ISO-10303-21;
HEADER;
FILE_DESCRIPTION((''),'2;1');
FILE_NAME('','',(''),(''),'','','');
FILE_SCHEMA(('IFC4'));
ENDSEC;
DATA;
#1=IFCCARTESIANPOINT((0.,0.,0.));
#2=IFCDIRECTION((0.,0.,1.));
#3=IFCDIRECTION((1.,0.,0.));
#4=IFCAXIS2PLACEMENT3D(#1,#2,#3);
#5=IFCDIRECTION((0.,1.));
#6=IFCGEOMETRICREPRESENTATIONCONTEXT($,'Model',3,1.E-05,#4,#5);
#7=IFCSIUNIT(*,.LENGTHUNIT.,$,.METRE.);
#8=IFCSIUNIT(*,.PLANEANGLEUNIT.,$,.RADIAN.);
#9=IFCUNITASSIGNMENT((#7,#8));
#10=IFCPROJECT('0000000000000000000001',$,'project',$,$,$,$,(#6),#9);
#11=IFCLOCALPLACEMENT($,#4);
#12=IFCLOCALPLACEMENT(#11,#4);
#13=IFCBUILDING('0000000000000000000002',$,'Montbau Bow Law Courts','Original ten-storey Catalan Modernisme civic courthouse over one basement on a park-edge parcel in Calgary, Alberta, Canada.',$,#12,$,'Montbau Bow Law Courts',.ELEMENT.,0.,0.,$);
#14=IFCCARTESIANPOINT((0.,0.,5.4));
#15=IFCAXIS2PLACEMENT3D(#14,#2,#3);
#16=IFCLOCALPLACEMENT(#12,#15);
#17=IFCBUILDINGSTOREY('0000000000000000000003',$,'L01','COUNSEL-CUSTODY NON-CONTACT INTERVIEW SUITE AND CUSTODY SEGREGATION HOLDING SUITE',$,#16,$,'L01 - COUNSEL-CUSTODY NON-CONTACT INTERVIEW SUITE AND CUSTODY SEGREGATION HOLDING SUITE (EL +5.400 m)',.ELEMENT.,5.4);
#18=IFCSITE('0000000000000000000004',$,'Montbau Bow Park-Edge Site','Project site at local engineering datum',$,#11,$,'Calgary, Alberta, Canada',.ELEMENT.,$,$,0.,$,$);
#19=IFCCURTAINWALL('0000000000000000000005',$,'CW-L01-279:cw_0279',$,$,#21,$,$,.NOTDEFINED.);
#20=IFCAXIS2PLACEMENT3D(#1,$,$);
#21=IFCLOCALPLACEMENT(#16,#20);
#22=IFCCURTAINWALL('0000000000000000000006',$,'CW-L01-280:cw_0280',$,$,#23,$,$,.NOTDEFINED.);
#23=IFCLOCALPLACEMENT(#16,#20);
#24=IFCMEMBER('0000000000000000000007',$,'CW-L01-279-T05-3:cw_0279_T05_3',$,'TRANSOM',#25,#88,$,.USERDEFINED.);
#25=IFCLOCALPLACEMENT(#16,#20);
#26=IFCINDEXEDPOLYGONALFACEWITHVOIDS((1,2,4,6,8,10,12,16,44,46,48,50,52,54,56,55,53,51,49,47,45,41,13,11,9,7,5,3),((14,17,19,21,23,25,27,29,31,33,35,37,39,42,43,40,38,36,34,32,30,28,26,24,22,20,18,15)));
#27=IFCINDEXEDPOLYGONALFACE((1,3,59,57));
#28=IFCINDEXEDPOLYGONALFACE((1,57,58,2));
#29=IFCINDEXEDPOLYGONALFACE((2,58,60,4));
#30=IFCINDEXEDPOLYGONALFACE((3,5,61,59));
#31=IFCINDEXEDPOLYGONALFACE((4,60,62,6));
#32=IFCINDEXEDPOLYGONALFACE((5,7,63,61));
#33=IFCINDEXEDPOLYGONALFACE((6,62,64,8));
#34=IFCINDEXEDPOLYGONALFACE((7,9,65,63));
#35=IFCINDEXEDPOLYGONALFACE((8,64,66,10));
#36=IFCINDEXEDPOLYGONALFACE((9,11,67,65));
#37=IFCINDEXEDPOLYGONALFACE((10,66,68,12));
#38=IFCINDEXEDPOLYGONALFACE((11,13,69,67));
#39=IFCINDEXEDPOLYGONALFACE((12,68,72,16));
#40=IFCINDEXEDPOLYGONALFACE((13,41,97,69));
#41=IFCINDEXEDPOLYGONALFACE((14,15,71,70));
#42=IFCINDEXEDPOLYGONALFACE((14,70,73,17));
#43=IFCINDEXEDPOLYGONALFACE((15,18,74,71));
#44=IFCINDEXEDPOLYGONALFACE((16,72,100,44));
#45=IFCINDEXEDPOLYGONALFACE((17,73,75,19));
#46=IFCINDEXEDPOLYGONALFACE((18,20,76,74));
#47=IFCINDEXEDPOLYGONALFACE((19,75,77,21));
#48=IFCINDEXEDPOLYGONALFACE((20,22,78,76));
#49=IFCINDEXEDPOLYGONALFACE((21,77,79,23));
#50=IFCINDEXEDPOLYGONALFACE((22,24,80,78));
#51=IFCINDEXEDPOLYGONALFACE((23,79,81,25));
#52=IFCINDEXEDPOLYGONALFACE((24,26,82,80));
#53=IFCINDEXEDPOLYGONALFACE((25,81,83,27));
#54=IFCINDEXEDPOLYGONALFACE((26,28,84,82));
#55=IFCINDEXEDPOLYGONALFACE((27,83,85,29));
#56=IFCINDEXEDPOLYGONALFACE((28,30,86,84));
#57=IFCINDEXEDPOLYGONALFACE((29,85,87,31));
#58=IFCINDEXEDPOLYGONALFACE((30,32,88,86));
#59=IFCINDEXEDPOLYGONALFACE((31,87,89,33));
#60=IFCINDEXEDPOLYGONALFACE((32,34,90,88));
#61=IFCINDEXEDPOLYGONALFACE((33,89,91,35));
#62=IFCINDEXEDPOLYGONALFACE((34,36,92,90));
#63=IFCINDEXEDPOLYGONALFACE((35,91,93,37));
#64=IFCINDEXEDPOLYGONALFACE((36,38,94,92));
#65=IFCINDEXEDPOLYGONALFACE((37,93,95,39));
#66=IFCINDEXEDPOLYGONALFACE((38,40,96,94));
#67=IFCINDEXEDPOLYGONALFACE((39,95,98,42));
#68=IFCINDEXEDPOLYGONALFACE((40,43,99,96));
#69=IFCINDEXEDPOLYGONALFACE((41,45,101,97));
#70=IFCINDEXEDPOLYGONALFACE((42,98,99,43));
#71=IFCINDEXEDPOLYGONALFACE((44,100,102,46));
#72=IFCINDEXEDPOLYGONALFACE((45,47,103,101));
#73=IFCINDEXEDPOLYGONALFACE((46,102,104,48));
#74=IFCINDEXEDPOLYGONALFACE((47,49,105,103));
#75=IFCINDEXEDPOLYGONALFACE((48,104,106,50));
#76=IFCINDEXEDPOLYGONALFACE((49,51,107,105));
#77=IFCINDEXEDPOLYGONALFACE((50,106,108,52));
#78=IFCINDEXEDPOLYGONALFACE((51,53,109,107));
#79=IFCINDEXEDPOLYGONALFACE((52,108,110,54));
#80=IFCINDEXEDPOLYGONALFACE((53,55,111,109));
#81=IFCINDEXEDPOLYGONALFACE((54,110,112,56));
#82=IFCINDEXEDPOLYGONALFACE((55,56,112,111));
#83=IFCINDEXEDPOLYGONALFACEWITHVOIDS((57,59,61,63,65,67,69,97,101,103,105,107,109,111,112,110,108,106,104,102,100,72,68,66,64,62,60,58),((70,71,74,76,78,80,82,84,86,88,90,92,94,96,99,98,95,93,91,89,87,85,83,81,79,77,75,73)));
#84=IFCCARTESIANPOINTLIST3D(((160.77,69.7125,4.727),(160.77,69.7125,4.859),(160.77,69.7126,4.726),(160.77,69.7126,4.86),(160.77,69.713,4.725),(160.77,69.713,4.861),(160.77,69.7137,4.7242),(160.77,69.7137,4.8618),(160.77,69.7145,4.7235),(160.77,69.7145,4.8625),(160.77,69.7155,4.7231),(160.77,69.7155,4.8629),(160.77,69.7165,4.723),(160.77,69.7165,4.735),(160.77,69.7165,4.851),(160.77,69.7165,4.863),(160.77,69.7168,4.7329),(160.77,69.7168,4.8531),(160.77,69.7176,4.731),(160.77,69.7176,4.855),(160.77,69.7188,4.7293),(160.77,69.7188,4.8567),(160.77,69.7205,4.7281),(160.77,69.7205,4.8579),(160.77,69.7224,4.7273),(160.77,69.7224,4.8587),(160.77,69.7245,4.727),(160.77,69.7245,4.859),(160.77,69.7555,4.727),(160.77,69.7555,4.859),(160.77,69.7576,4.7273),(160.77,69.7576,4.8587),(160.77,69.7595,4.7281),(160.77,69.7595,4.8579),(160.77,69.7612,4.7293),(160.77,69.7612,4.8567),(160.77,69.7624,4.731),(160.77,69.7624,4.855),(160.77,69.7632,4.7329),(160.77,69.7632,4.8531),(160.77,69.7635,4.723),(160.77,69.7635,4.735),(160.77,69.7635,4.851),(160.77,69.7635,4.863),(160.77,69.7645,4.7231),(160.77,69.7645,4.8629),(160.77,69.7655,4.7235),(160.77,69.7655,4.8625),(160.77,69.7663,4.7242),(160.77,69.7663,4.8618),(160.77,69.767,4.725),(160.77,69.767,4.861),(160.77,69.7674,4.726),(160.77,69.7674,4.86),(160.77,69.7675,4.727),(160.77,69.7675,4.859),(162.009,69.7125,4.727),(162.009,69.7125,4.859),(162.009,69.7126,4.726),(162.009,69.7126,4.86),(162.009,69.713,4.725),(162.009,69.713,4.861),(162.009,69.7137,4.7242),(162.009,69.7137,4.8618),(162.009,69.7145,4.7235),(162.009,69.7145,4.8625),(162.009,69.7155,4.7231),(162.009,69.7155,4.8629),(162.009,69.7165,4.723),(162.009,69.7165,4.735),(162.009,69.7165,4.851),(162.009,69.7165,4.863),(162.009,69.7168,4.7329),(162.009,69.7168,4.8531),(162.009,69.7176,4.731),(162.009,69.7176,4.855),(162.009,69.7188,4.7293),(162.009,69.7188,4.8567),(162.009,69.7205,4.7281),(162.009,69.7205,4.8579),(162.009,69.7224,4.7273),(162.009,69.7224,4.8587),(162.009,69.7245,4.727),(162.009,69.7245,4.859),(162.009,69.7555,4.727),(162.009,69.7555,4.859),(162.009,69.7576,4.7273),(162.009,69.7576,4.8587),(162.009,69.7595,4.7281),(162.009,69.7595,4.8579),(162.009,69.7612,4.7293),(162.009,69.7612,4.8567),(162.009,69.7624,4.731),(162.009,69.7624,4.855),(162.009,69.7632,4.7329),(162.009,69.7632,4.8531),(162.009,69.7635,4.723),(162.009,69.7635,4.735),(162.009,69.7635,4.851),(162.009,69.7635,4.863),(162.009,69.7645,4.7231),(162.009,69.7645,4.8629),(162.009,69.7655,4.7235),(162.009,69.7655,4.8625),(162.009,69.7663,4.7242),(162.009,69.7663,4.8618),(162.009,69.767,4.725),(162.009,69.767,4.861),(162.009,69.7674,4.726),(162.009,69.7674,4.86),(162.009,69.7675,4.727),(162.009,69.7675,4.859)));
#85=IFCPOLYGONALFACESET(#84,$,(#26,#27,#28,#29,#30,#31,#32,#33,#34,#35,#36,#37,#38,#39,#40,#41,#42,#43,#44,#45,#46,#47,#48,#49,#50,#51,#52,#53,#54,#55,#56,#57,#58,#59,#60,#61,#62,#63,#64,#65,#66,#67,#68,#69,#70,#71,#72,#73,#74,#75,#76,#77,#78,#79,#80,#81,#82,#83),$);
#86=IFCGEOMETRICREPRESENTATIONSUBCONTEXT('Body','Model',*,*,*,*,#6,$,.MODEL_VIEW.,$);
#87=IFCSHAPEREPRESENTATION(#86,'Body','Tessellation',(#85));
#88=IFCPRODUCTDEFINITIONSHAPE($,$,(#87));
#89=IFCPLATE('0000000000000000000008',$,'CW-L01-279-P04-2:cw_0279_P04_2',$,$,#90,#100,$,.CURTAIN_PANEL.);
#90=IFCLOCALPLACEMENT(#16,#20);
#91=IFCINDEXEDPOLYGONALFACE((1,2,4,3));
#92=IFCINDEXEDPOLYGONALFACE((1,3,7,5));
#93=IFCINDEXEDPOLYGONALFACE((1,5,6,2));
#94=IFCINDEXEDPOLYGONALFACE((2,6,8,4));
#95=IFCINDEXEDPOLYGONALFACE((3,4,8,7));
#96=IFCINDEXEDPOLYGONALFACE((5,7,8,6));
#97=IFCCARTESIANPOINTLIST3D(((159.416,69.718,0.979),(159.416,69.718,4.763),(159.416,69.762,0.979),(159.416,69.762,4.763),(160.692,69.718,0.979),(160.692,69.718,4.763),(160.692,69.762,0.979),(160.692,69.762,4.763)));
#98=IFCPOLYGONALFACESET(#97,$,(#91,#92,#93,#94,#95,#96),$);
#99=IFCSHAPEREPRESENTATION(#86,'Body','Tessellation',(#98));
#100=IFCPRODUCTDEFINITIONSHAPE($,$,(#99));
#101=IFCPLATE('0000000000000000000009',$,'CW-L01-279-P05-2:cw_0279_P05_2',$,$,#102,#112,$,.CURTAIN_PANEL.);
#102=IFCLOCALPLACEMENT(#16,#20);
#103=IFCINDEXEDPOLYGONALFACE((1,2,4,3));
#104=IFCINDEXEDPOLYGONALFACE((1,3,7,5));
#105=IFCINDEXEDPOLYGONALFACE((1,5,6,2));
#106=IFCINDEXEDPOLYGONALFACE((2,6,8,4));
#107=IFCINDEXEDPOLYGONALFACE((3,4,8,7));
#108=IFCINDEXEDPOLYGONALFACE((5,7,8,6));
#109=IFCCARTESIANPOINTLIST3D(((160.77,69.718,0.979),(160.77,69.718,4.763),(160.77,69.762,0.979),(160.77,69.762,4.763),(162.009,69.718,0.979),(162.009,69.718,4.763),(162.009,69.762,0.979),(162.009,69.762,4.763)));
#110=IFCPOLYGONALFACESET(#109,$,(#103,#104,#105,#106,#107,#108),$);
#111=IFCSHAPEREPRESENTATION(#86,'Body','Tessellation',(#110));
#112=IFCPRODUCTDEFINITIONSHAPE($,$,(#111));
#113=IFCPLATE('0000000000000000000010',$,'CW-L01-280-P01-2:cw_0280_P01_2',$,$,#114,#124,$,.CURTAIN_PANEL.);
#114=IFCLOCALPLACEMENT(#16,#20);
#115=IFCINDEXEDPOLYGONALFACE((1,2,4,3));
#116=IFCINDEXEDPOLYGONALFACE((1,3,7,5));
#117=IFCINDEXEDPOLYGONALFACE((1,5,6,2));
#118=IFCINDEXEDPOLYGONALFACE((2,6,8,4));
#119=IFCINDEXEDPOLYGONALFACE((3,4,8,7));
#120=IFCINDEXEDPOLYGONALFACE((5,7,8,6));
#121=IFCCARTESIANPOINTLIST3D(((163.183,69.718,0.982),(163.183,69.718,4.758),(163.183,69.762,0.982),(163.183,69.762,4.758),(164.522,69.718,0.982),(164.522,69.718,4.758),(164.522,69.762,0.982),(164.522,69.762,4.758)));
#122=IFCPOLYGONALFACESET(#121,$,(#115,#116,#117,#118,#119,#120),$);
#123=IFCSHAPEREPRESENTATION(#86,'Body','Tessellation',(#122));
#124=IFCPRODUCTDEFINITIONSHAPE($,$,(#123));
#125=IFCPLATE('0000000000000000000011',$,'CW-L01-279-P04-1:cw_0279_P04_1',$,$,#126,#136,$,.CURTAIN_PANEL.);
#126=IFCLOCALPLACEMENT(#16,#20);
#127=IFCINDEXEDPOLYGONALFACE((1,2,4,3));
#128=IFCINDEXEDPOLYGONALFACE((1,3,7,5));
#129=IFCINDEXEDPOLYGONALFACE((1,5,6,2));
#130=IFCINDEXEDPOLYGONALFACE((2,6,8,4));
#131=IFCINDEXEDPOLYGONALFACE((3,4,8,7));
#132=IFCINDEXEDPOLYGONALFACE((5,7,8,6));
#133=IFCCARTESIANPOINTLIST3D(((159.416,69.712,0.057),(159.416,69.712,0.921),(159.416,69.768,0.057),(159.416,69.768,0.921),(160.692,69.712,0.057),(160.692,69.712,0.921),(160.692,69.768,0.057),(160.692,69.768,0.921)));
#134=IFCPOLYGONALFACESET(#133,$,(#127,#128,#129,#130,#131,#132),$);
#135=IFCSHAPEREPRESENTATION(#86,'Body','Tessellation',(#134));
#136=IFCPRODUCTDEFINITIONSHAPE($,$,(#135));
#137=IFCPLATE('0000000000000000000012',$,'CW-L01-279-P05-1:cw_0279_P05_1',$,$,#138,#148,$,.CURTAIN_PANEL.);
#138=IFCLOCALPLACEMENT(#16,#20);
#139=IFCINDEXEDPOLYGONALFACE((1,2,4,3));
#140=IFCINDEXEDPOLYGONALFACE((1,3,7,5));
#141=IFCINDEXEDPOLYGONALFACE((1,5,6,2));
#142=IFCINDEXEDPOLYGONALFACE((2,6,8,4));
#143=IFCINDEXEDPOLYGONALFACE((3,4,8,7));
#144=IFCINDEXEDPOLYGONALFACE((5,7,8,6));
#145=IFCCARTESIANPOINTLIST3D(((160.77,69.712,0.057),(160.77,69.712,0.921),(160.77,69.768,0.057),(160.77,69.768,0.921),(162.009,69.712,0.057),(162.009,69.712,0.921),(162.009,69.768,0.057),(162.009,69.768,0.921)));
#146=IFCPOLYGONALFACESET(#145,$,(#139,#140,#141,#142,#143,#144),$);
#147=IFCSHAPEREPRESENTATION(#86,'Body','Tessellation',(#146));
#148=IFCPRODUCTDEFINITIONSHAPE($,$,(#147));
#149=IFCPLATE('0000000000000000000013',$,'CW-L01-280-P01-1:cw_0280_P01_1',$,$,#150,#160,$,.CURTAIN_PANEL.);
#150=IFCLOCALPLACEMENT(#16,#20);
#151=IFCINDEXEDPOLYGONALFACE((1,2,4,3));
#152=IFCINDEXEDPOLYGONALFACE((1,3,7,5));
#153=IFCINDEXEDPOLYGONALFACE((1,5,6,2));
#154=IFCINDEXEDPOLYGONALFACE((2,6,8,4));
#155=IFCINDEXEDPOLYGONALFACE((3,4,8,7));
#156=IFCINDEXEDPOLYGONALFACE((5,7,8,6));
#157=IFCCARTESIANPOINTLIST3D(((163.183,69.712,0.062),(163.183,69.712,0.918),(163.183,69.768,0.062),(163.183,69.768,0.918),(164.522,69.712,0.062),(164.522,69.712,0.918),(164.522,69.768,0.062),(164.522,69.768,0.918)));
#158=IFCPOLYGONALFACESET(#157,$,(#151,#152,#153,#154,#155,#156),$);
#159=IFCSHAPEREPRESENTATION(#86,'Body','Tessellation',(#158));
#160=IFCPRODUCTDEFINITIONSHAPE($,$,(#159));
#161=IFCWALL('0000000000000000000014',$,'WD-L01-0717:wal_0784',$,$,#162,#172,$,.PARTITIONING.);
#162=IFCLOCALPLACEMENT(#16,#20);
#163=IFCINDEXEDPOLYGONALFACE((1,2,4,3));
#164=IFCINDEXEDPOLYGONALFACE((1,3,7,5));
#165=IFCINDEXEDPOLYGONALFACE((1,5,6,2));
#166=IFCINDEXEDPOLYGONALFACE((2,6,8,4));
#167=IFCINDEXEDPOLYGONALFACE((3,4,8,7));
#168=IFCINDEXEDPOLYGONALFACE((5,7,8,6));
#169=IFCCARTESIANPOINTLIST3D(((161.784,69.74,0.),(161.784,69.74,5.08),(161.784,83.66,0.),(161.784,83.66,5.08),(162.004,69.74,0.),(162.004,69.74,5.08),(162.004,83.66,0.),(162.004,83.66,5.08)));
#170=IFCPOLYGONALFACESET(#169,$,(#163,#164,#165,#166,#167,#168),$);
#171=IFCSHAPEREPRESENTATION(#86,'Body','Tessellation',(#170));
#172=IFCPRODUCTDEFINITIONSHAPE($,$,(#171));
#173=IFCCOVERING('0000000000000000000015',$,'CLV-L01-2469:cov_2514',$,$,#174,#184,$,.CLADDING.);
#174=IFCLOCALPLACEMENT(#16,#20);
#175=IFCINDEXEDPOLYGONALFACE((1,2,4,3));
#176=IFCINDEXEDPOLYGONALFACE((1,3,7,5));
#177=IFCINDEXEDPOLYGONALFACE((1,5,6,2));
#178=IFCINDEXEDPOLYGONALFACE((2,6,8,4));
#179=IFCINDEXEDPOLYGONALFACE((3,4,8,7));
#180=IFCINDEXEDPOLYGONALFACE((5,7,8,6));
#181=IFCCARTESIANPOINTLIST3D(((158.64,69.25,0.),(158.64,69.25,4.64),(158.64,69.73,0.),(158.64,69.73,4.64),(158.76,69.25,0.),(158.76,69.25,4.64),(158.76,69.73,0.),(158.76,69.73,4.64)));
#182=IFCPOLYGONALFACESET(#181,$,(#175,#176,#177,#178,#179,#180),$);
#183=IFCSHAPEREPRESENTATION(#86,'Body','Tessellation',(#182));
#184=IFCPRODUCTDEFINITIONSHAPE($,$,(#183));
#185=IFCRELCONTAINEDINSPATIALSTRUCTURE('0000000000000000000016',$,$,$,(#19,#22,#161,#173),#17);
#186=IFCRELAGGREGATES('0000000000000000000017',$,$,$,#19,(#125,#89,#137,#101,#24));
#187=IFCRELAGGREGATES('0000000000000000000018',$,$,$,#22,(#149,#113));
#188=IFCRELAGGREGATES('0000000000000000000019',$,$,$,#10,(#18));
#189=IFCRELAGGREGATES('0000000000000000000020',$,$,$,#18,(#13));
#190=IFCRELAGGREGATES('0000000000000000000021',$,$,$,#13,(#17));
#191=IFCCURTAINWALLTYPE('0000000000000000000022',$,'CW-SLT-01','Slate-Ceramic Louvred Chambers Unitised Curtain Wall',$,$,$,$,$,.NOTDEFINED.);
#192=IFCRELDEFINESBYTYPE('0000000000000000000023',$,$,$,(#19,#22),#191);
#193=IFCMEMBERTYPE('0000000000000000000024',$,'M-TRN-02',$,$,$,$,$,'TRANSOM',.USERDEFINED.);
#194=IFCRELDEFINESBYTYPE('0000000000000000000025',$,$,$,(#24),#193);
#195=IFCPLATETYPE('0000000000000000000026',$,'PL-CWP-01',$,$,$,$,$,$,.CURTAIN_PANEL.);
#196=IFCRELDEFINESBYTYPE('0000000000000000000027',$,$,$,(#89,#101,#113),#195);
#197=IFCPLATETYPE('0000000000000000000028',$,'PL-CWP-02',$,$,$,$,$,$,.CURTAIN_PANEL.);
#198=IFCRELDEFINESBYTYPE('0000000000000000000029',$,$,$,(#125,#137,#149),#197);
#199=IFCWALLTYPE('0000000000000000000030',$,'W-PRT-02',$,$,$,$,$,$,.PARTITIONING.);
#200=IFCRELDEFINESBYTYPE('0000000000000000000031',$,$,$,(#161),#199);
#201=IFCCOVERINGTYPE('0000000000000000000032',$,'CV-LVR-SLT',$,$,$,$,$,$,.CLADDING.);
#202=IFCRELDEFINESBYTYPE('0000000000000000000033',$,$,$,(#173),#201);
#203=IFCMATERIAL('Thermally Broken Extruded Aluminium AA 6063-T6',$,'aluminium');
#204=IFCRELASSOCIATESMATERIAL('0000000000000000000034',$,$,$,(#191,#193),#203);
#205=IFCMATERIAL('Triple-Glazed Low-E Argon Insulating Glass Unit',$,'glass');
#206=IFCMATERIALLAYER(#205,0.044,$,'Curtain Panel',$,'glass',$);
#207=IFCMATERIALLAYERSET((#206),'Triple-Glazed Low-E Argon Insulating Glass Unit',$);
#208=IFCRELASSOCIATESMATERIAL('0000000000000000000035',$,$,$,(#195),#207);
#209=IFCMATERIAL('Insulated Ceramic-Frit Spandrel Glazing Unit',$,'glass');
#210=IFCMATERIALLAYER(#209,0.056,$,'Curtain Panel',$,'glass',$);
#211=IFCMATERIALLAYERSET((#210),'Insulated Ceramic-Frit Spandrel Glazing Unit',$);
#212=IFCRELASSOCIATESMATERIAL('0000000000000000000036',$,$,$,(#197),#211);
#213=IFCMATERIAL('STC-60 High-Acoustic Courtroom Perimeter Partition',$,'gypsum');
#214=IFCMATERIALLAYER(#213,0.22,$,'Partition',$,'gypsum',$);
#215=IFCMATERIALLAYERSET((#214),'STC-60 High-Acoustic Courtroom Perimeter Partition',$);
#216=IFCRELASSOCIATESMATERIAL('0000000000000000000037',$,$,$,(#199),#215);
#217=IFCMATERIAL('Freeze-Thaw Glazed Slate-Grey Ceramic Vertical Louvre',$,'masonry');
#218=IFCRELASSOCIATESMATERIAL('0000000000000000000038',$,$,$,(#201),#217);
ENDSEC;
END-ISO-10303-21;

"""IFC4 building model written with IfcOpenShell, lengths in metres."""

from ifc_helpers import new_model, si_unit, direction, frame, frame_2d, origin_with_axes, origin_2d_with_axis, place, context, subcontext, project, spatial, rectangle, hollow_rectangle, extrude, material, layer, layer_set, material_profile, profile_set, type_object, element, aggregate, save


model = new_model("IFC4")

# Units and contexts
model_context = context("Model", 3, precision=1e-05, world=origin_with_axes(), true_north=direction((0.0, 1.0)))
body_context = subcontext(model_context, "Body", "Model", "MODEL_VIEW")
ifc_project = project(units=[si_unit("LENGTHUNIT", "METRE"), si_unit("PLANEANGLEUNIT", "RADIAN")], contexts=[model_context])

# Site, building, storey
site_placement = place(None, origin_with_axes())
site = spatial("IfcSite", under=ifc_project, at=site_placement, Name="Montbau Bow Park-Edge Site", Description="Project site at local engineering datum", LongName="Calgary, Alberta, Canada", CompositionType="ELEMENT", RefElevation=0.0)
building_placement = place(site_placement, origin_with_axes())
building = spatial("IfcBuilding", under=site, at=building_placement, Name="Montbau Bow Law Courts", Description="Original ten-storey Catalan Modernisme civic courthouse over one basement on a park-edge parcel in Calgary, Alberta, Canada.", LongName="Montbau Bow Law Courts", CompositionType="ELEMENT", ElevationOfRefHeight=0.0, ElevationOfTerrain=0.0)
storey_placement = place(building_placement, frame((0.0, 0.0, 5.4), z_axis=(0.0, 0.0, 1.0), x_axis=(1.0, 0.0, 0.0)))
storey = spatial("IfcBuildingStorey", under=building, at=storey_placement, Name="L01", Description="COUNSEL-CUSTODY NON-CONTACT INTERVIEW SUITE AND CUSTODY SEGREGATION HOLDING SUITE", LongName="L01 - COUNSEL-CUSTODY NON-CONTACT INTERVIEW SUITE AND CUSTODY SEGREGATION HOLDING SUITE (EL +5.400 m)", CompositionType="ELEMENT", Elevation=5.4)

# Curtain walls
ifc_material_1 = material(Name="Thermally Broken Extruded Aluminium AA 6063-T6", Category="aluminium")
curtain_wall_type = type_object("IfcCurtainWallType", Name="CW-SLT-01", Description="Slate-Ceramic Louvred Chambers Unitised Curtain Wall", PredefinedType="NOTDEFINED", material=ifc_material_1)
curtain_wall_1_placement = place(None, frame((155.315, 69.74, 5.4), z_axis=(0.0, 0.0, 1.0), x_axis=(1.0, 0.0, 0.0)))
curtain_wall_1 = element("IfcCurtainWall", 1, at=curtain_wall_1_placement, inside=storey, type_object=curtain_wall_type, Name="CW-L01-279:cw_0279", PredefinedType="NOTDEFINED")
curtain_wall_2_placement = place(None, frame((163.115, 69.74, 5.4), z_axis=(0.0, 0.0, 1.0), x_axis=(1.0, 0.0, 0.0)))
curtain_wall_2 = element("IfcCurtainWall", 2, at=curtain_wall_2_placement, inside=storey, type_object=curtain_wall_type, Name="CW-L01-280:cw_0280", PredefinedType="NOTDEFINED")

# Member
ifc_material_profile_1 = material_profile(ifc_material_1, hollow_rectangle(XDim=0.055, YDim=0.14, WallThickness=0.004, InnerFilletRadius=0.008, OuterFilletRadius=0.004, at=origin_2d_with_axis()), Name="CWT-140X55", Category="Main", Priority=0)
ifc_profile_set_1 = profile_set([ifc_material_profile_1], Name="Thermally Broken Extruded Aluminium AA 6063-T6")
member_type_1 = type_object("IfcMemberType", Name="M-TRN-02", ElementType="TRANSOM", PredefinedType="USERDEFINED", material=ifc_profile_set_1)
member_1_placement = place(None, frame((160.77, 69.74, 10.193), z_axis=(1.0, 0.0, 0.0), x_axis=(0.0, 1.0, 0.0)))
member_1 = element("IfcMember", 3, at=member_1_placement, type_object=member_type_1, Name="CW-L01-279-T05-3:cw_0279_T05_3", ObjectType="TRANSOM", PredefinedType="USERDEFINED", context=body_context, shape_type="SweptSolid", body=[
    extrude(hollow_rectangle(XDim=0.055, YDim=0.14, WallThickness=0.004, InnerFilletRadius=0.008, OuterFilletRadius=0.004, at=origin_2d_with_axis()), origin_with_axes(), (0.0, 0.0, 1.0), 1.239),
])

# Plates
ifc_material_2 = material(Name="Triple-Glazed Low-E Argon Insulating Glass Unit", Category="glass")
ifc_layer_1 = layer(ifc_material_2, 0.044, Name="Curtain Panel", Category="glass")
ifc_layer_set_1 = layer_set([ifc_layer_1], Name="Triple-Glazed Low-E Argon Insulating Glass Unit")
plate_type_1 = type_object("IfcPlateType", Name="PL-CWP-01", PredefinedType="CURTAIN_PANEL", material=ifc_layer_set_1)
plate_1_placement = place(None, frame((159.416, 69.74, 6.379), z_axis=(0.0, -1.0, 0.0), x_axis=(1.0, 0.0, 0.0)))
plate_1 = element("IfcPlate", 4, at=plate_1_placement, type_object=plate_type_1, Name="CW-L01-279-P04-2:cw_0279_P04_2", PredefinedType="CURTAIN_PANEL", context=body_context, shape_type="SweptSolid", body=[
    extrude(rectangle(XDim=1.276, YDim=3.784, at=frame_2d((0.638, 1.892), x_axis=(1.0, 0.0))), frame((0.0, 0.0, -0.022), z_axis=(0.0, 0.0, 1.0), x_axis=(1.0, 0.0, 0.0)), (0.0, 0.0, 1.0), 0.044),
])
plate_2_placement = place(None, frame((160.77, 69.74, 6.379), z_axis=(0.0, -1.0, 0.0), x_axis=(1.0, 0.0, 0.0)))
plate_2 = element("IfcPlate", 5, at=plate_2_placement, type_object=plate_type_1, Name="CW-L01-279-P05-2:cw_0279_P05_2", PredefinedType="CURTAIN_PANEL", context=body_context, shape_type="SweptSolid", body=[
    extrude(rectangle(XDim=1.239, YDim=3.784, at=frame_2d((0.6195, 1.892), x_axis=(1.0, 0.0))), frame((0.0, 0.0, -0.022), z_axis=(0.0, 0.0, 1.0), x_axis=(1.0, 0.0, 0.0)), (0.0, 0.0, 1.0), 0.044),
])
plate_3_placement = place(None, frame((163.183, 69.74, 6.382), z_axis=(0.0, -1.0, 0.0), x_axis=(1.0, 0.0, 0.0)))
plate_3 = element("IfcPlate", 6, at=plate_3_placement, type_object=plate_type_1, Name="CW-L01-280-P01-2:cw_0280_P01_2", PredefinedType="CURTAIN_PANEL", context=body_context, shape_type="SweptSolid", body=[
    extrude(rectangle(XDim=1.339, YDim=3.776, at=frame_2d((0.6695, 1.888), x_axis=(1.0, 0.0))), frame((0.0, 0.0, -0.022), z_axis=(0.0, 0.0, 1.0), x_axis=(1.0, 0.0, 0.0)), (0.0, 0.0, 1.0), 0.044),
])
ifc_material_3 = material(Name="Insulated Ceramic-Frit Spandrel Glazing Unit", Category="glass")
ifc_layer_2 = layer(ifc_material_3, 0.056, Name="Curtain Panel", Category="glass")
ifc_layer_set_2 = layer_set([ifc_layer_2], Name="Insulated Ceramic-Frit Spandrel Glazing Unit")
plate_type_2 = type_object("IfcPlateType", Name="PL-CWP-02", PredefinedType="CURTAIN_PANEL", material=ifc_layer_set_2)
plate_4_placement = place(None, frame((159.416, 69.74, 5.457), z_axis=(0.0, -1.0, 0.0), x_axis=(1.0, 0.0, 0.0)))
plate_4 = element("IfcPlate", 7, at=plate_4_placement, type_object=plate_type_2, Name="CW-L01-279-P04-1:cw_0279_P04_1", PredefinedType="CURTAIN_PANEL", context=body_context, shape_type="SweptSolid", body=[
    extrude(rectangle(XDim=1.276, YDim=0.864, at=frame_2d((0.638, 0.432), x_axis=(1.0, 0.0))), frame((0.0, 0.0, -0.028), z_axis=(0.0, 0.0, 1.0), x_axis=(1.0, 0.0, 0.0)), (0.0, 0.0, 1.0), 0.056),
])
plate_5_placement = place(None, frame((160.77, 69.74, 5.457), z_axis=(0.0, -1.0, 0.0), x_axis=(1.0, 0.0, 0.0)))
plate_5 = element("IfcPlate", 8, at=plate_5_placement, type_object=plate_type_2, Name="CW-L01-279-P05-1:cw_0279_P05_1", PredefinedType="CURTAIN_PANEL", context=body_context, shape_type="SweptSolid", body=[
    extrude(rectangle(XDim=1.239, YDim=0.864, at=frame_2d((0.6195, 0.432), x_axis=(1.0, 0.0))), frame((0.0, 0.0, -0.028), z_axis=(0.0, 0.0, 1.0), x_axis=(1.0, 0.0, 0.0)), (0.0, 0.0, 1.0), 0.056),
])
aggregate(curtain_wall_1, [plate_4, plate_1, plate_5, plate_2, member_1])
plate_6_placement = place(None, frame((163.183, 69.74, 5.462), z_axis=(0.0, -1.0, 0.0), x_axis=(1.0, 0.0, 0.0)))
plate_6 = element("IfcPlate", 9, at=plate_6_placement, type_object=plate_type_2, Name="CW-L01-280-P01-1:cw_0280_P01_1", PredefinedType="CURTAIN_PANEL", context=body_context, shape_type="SweptSolid", body=[
    extrude(rectangle(XDim=1.339, YDim=0.856, at=frame_2d((0.6695, 0.428), x_axis=(1.0, 0.0))), frame((0.0, 0.0, -0.028), z_axis=(0.0, 0.0, 1.0), x_axis=(1.0, 0.0, 0.0)), (0.0, 0.0, 1.0), 0.056),
])
aggregate(curtain_wall_2, [plate_6, plate_3])

# Wall
ifc_material_4 = material(Name="STC-60 High-Acoustic Courtroom Perimeter Partition", Category="gypsum")
ifc_layer_3 = layer(ifc_material_4, 0.22, Name="Partition", Category="gypsum")
ifc_layer_set_3 = layer_set([ifc_layer_3], Name="STC-60 High-Acoustic Courtroom Perimeter Partition")
wall_type = type_object("IfcWallType", Name="W-PRT-02", PredefinedType="PARTITIONING", material=ifc_layer_set_3)
wall_placement = place(None, frame((161.894, 69.74, 5.4), z_axis=(0.0, 0.0, 1.0), x_axis=(0.0, 1.0, 0.0)))
element("IfcWall", 10, at=wall_placement, inside=storey, type_object=wall_type, Name="WD-L01-0717:wal_0784", PredefinedType="PARTITIONING", context=body_context, shape_type="SweptSolid", body=[
    extrude(rectangle(XDim=13.92, YDim=0.22, at=frame_2d((6.96, 0.0), x_axis=(1.0, 0.0))), origin_with_axes(), (0.0, 0.0, 1.0), 5.08),
])

# Covering
ifc_material_5 = material(Name="Freeze-Thaw Glazed Slate-Grey Ceramic Vertical Louvre", Category="masonry")
covering_type = type_object("IfcCoveringType", Name="CV-LVR-SLT", PredefinedType="CLADDING", material=ifc_material_5)
for number, where, z_axis, x_axis, name in (
    (11, (158.7, 69.73, 5.4), (-1.0, 0.0, 0.0), (0.0, -1.0, 0.0), "CLV-L01-2469:cov_2514"),
):
    element("IfcCovering", number, at=place(None, frame(where, z_axis=z_axis, x_axis=x_axis)), inside=storey, type_object=covering_type, Name=name, PredefinedType="CLADDING", context=body_context, shape_type="SweptSolid", body=[
        extrude(rectangle(XDim=0.48, YDim=4.64, at=frame_2d((0.24, 2.32), x_axis=(1.0, 0.0))), frame((0.0, 0.0, -0.06), z_axis=(0.0, 0.0, 1.0), x_axis=(1.0, 0.0, 0.0)), (0.0, 0.0, 1.0), 0.12),
    ])

save(model, "model.ifc")
